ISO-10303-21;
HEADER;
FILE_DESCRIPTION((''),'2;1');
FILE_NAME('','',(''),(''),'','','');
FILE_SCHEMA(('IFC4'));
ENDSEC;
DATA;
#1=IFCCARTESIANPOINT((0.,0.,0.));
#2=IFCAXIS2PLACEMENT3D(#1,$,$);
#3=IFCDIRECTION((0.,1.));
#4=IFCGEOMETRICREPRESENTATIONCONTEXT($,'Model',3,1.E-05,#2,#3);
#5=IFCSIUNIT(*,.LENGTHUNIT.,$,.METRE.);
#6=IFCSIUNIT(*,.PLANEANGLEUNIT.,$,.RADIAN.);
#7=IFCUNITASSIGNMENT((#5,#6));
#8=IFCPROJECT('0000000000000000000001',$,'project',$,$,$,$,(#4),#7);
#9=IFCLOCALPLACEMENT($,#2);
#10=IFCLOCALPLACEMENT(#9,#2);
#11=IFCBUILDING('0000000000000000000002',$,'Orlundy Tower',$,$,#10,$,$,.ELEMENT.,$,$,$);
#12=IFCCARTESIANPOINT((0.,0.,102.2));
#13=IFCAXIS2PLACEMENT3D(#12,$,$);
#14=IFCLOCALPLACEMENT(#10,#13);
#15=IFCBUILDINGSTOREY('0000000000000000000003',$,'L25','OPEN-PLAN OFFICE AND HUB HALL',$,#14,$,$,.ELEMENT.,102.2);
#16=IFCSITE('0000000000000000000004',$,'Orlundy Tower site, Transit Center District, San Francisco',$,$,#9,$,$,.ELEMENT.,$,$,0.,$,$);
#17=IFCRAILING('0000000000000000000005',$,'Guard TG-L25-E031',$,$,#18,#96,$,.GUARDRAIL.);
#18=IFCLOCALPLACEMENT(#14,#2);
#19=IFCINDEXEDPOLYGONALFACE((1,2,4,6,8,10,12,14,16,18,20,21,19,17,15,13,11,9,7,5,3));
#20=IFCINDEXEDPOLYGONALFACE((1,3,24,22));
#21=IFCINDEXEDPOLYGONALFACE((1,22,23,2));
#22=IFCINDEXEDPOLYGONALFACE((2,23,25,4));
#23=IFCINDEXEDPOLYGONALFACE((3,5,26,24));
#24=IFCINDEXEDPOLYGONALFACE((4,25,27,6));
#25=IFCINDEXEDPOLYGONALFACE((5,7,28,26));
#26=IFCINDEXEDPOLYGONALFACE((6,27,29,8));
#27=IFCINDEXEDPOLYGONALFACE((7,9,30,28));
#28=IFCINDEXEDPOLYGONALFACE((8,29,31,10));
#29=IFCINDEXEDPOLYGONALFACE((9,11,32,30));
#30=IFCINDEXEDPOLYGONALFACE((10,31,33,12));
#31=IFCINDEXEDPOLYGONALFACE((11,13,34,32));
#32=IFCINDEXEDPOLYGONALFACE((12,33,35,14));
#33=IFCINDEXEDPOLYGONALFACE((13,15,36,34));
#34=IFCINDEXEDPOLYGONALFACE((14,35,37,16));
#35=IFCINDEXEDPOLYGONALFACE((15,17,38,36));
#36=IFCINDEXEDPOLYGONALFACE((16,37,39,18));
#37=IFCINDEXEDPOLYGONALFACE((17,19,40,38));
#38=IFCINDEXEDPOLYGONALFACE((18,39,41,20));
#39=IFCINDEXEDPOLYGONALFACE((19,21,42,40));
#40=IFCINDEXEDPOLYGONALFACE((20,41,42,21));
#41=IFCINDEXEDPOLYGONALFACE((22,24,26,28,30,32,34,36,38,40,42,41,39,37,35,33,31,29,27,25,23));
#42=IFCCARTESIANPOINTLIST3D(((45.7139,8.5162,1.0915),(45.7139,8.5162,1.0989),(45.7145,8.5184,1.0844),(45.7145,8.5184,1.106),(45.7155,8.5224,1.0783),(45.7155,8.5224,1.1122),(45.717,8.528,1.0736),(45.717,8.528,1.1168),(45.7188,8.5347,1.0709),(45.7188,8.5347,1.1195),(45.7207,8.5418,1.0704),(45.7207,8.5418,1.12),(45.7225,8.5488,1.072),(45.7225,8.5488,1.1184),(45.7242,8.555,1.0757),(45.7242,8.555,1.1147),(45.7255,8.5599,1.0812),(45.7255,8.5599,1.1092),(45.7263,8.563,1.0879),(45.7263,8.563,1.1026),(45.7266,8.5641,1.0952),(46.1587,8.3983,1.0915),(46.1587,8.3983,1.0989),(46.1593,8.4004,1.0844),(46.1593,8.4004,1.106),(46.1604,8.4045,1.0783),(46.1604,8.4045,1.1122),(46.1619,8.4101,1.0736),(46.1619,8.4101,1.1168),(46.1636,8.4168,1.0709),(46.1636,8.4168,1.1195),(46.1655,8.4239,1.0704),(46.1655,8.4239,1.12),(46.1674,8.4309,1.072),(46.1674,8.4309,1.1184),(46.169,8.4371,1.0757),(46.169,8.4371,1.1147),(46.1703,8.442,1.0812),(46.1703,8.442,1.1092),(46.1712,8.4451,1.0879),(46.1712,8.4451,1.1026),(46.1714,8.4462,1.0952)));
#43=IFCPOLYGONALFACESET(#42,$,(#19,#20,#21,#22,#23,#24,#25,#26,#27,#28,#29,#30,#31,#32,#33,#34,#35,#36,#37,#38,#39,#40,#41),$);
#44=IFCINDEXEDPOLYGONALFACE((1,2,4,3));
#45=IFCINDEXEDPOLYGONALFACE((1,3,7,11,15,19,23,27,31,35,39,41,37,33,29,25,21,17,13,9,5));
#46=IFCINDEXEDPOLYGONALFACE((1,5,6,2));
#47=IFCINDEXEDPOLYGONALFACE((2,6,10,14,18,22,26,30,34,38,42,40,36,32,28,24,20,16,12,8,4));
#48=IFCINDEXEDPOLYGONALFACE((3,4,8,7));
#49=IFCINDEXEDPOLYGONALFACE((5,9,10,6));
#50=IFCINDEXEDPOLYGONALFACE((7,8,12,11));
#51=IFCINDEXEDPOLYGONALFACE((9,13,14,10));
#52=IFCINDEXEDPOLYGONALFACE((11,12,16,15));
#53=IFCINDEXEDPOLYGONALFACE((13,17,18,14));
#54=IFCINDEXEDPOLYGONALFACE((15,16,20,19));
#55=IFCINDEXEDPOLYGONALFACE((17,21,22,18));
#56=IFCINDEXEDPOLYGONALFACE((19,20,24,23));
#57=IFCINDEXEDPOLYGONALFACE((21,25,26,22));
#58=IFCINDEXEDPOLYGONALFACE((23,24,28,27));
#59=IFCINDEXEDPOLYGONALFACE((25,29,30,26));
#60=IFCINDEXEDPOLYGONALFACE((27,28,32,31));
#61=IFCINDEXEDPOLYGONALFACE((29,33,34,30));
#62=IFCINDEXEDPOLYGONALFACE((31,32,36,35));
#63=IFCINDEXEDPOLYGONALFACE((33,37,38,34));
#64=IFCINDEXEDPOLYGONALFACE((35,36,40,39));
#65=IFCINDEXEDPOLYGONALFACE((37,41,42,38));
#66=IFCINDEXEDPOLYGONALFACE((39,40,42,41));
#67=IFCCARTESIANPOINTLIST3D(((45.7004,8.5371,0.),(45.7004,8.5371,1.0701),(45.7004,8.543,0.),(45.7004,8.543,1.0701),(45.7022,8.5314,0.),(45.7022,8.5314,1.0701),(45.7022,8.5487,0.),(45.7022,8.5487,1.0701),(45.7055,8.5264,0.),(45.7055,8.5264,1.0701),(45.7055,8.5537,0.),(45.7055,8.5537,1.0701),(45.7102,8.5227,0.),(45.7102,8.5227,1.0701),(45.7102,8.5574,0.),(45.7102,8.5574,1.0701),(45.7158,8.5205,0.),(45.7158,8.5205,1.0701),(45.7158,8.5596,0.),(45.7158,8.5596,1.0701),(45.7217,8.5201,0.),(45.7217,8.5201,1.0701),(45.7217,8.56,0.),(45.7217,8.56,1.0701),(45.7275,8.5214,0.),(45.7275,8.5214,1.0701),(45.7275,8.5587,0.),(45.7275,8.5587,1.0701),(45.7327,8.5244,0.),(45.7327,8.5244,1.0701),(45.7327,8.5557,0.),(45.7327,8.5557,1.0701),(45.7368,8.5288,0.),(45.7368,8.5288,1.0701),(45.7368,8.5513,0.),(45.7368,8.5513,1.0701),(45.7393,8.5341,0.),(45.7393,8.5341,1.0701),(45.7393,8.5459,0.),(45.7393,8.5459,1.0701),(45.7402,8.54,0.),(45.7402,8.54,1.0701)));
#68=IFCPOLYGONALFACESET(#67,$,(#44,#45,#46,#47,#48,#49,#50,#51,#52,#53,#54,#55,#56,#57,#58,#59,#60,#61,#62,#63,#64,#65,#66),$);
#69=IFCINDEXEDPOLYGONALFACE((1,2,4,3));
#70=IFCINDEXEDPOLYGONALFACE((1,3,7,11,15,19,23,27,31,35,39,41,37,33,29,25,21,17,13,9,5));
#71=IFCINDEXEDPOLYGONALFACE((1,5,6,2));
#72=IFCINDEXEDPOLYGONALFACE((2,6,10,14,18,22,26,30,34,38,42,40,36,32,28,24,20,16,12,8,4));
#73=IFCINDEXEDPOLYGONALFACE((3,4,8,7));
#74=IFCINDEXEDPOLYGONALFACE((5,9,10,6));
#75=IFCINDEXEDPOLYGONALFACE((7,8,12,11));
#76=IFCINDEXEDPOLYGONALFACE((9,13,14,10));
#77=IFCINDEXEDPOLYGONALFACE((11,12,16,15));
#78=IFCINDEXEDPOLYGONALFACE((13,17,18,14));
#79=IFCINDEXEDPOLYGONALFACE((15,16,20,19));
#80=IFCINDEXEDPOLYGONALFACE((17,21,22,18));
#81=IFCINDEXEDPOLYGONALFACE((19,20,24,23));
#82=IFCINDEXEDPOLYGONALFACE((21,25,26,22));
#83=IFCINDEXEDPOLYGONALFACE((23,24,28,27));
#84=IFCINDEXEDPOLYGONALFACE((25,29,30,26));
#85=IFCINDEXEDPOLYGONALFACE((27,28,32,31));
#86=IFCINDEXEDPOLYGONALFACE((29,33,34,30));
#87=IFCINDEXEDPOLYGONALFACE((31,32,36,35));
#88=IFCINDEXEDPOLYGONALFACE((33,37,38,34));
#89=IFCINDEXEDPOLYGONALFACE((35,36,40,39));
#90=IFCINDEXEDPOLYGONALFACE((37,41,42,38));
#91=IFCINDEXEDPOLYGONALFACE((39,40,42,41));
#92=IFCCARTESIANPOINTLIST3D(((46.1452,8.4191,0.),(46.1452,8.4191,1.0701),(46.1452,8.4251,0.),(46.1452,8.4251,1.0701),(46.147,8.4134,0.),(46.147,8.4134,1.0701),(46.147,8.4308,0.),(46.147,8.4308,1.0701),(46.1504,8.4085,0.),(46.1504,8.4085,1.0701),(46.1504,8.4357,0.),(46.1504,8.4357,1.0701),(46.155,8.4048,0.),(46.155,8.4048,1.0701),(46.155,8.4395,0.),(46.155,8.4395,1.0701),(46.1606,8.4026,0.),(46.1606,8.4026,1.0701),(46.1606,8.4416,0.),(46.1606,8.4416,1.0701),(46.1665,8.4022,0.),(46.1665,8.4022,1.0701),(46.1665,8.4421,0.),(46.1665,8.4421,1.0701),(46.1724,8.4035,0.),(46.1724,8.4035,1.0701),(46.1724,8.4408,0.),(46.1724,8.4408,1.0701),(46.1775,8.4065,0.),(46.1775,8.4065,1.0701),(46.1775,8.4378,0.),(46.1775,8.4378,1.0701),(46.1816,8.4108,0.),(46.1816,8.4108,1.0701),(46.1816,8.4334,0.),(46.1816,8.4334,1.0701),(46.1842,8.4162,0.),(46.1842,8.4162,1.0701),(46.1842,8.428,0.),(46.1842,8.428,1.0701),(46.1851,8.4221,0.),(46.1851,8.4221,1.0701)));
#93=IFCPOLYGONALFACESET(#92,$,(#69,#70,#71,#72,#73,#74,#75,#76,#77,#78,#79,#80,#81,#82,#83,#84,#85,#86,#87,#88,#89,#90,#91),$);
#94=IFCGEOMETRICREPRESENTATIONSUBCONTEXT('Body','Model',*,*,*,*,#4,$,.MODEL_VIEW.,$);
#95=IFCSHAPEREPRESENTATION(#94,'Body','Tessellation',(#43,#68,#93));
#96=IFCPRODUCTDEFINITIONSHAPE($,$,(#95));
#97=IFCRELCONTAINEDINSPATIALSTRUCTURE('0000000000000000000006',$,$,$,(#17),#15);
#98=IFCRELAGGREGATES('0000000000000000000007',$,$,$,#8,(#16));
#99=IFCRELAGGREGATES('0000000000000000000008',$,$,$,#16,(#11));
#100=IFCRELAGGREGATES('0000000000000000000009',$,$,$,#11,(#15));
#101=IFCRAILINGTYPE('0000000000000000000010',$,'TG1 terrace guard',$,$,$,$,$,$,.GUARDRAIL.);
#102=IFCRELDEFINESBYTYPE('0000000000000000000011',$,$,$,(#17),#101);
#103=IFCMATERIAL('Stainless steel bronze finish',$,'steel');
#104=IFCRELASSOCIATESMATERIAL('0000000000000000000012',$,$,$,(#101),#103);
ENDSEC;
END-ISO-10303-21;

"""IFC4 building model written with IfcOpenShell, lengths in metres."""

from ifc_helpers import new_model, si_unit, direction, frame, origin, origin_2d, place, context, subcontext, project, spatial, circle, extrude, material, type_object, element, save


model = new_model("IFC4")

# Units and contexts
model_context = context("Model", 3, precision=1e-05, world=origin(), true_north=direction((0.0, 1.0)))
body_context = subcontext(model_context, "Body", "Model", "MODEL_VIEW")
ifc_project = project(units=[si_unit("LENGTHUNIT", "METRE"), si_unit("PLANEANGLEUNIT", "RADIAN")], contexts=[model_context])

# Site, building, storey
site_placement = place(None, origin())
site = spatial("IfcSite", under=ifc_project, at=site_placement, Name="Orlundy Tower site, Transit Center District, San Francisco", CompositionType="ELEMENT", RefElevation=0.0)
building_placement = place(site_placement, origin())
building = spatial("IfcBuilding", under=site, at=building_placement, Name="Orlundy Tower", CompositionType="ELEMENT")
storey_placement = place(building_placement, frame((0.0, 0.0, 102.2)))
storey = spatial("IfcBuildingStorey", under=building, at=storey_placement, Name="L25", Description="OPEN-PLAN OFFICE AND HUB HALL", CompositionType="ELEMENT", Elevation=102.2)

# Railing
ifc_material_1 = material(Name="Stainless steel bronze finish", Category="steel")
railing_type = type_object("IfcRailingType", Name="TG1 terrace guard", PredefinedType="GUARDRAIL", material=ifc_material_1)
railing_1_placement = place(storey_placement, frame((45.7202, 8.54, 0.0)))
element("IfcRailing", 1, at=railing_1_placement, inside=storey, type_object=railing_type, Name="Guard TG-L25-E031", PredefinedType="GUARDRAIL", context=body_context, shape_type="SweptSolid", body=[
    extrude(circle(Radius=0.0249, at=origin_2d()), frame((0.0, 0.0, 1.0952), z_axis=(0.966613, -0.256243, 0.0), x_axis=(0.256243, 0.966613, 0.0)), (0.0, 0.0, 1.0), 0.4602),
    extrude(circle(Radius=0.02, at=origin_2d()), origin(), (0.0, 0.0, 1.0), 1.0701),
    extrude(circle(Radius=0.02, at=origin_2d()), frame((0.4448, -0.1179, 0.0)), (0.0, 0.0, 1.0), 1.0701),
])

save(model, "model.ifc")
